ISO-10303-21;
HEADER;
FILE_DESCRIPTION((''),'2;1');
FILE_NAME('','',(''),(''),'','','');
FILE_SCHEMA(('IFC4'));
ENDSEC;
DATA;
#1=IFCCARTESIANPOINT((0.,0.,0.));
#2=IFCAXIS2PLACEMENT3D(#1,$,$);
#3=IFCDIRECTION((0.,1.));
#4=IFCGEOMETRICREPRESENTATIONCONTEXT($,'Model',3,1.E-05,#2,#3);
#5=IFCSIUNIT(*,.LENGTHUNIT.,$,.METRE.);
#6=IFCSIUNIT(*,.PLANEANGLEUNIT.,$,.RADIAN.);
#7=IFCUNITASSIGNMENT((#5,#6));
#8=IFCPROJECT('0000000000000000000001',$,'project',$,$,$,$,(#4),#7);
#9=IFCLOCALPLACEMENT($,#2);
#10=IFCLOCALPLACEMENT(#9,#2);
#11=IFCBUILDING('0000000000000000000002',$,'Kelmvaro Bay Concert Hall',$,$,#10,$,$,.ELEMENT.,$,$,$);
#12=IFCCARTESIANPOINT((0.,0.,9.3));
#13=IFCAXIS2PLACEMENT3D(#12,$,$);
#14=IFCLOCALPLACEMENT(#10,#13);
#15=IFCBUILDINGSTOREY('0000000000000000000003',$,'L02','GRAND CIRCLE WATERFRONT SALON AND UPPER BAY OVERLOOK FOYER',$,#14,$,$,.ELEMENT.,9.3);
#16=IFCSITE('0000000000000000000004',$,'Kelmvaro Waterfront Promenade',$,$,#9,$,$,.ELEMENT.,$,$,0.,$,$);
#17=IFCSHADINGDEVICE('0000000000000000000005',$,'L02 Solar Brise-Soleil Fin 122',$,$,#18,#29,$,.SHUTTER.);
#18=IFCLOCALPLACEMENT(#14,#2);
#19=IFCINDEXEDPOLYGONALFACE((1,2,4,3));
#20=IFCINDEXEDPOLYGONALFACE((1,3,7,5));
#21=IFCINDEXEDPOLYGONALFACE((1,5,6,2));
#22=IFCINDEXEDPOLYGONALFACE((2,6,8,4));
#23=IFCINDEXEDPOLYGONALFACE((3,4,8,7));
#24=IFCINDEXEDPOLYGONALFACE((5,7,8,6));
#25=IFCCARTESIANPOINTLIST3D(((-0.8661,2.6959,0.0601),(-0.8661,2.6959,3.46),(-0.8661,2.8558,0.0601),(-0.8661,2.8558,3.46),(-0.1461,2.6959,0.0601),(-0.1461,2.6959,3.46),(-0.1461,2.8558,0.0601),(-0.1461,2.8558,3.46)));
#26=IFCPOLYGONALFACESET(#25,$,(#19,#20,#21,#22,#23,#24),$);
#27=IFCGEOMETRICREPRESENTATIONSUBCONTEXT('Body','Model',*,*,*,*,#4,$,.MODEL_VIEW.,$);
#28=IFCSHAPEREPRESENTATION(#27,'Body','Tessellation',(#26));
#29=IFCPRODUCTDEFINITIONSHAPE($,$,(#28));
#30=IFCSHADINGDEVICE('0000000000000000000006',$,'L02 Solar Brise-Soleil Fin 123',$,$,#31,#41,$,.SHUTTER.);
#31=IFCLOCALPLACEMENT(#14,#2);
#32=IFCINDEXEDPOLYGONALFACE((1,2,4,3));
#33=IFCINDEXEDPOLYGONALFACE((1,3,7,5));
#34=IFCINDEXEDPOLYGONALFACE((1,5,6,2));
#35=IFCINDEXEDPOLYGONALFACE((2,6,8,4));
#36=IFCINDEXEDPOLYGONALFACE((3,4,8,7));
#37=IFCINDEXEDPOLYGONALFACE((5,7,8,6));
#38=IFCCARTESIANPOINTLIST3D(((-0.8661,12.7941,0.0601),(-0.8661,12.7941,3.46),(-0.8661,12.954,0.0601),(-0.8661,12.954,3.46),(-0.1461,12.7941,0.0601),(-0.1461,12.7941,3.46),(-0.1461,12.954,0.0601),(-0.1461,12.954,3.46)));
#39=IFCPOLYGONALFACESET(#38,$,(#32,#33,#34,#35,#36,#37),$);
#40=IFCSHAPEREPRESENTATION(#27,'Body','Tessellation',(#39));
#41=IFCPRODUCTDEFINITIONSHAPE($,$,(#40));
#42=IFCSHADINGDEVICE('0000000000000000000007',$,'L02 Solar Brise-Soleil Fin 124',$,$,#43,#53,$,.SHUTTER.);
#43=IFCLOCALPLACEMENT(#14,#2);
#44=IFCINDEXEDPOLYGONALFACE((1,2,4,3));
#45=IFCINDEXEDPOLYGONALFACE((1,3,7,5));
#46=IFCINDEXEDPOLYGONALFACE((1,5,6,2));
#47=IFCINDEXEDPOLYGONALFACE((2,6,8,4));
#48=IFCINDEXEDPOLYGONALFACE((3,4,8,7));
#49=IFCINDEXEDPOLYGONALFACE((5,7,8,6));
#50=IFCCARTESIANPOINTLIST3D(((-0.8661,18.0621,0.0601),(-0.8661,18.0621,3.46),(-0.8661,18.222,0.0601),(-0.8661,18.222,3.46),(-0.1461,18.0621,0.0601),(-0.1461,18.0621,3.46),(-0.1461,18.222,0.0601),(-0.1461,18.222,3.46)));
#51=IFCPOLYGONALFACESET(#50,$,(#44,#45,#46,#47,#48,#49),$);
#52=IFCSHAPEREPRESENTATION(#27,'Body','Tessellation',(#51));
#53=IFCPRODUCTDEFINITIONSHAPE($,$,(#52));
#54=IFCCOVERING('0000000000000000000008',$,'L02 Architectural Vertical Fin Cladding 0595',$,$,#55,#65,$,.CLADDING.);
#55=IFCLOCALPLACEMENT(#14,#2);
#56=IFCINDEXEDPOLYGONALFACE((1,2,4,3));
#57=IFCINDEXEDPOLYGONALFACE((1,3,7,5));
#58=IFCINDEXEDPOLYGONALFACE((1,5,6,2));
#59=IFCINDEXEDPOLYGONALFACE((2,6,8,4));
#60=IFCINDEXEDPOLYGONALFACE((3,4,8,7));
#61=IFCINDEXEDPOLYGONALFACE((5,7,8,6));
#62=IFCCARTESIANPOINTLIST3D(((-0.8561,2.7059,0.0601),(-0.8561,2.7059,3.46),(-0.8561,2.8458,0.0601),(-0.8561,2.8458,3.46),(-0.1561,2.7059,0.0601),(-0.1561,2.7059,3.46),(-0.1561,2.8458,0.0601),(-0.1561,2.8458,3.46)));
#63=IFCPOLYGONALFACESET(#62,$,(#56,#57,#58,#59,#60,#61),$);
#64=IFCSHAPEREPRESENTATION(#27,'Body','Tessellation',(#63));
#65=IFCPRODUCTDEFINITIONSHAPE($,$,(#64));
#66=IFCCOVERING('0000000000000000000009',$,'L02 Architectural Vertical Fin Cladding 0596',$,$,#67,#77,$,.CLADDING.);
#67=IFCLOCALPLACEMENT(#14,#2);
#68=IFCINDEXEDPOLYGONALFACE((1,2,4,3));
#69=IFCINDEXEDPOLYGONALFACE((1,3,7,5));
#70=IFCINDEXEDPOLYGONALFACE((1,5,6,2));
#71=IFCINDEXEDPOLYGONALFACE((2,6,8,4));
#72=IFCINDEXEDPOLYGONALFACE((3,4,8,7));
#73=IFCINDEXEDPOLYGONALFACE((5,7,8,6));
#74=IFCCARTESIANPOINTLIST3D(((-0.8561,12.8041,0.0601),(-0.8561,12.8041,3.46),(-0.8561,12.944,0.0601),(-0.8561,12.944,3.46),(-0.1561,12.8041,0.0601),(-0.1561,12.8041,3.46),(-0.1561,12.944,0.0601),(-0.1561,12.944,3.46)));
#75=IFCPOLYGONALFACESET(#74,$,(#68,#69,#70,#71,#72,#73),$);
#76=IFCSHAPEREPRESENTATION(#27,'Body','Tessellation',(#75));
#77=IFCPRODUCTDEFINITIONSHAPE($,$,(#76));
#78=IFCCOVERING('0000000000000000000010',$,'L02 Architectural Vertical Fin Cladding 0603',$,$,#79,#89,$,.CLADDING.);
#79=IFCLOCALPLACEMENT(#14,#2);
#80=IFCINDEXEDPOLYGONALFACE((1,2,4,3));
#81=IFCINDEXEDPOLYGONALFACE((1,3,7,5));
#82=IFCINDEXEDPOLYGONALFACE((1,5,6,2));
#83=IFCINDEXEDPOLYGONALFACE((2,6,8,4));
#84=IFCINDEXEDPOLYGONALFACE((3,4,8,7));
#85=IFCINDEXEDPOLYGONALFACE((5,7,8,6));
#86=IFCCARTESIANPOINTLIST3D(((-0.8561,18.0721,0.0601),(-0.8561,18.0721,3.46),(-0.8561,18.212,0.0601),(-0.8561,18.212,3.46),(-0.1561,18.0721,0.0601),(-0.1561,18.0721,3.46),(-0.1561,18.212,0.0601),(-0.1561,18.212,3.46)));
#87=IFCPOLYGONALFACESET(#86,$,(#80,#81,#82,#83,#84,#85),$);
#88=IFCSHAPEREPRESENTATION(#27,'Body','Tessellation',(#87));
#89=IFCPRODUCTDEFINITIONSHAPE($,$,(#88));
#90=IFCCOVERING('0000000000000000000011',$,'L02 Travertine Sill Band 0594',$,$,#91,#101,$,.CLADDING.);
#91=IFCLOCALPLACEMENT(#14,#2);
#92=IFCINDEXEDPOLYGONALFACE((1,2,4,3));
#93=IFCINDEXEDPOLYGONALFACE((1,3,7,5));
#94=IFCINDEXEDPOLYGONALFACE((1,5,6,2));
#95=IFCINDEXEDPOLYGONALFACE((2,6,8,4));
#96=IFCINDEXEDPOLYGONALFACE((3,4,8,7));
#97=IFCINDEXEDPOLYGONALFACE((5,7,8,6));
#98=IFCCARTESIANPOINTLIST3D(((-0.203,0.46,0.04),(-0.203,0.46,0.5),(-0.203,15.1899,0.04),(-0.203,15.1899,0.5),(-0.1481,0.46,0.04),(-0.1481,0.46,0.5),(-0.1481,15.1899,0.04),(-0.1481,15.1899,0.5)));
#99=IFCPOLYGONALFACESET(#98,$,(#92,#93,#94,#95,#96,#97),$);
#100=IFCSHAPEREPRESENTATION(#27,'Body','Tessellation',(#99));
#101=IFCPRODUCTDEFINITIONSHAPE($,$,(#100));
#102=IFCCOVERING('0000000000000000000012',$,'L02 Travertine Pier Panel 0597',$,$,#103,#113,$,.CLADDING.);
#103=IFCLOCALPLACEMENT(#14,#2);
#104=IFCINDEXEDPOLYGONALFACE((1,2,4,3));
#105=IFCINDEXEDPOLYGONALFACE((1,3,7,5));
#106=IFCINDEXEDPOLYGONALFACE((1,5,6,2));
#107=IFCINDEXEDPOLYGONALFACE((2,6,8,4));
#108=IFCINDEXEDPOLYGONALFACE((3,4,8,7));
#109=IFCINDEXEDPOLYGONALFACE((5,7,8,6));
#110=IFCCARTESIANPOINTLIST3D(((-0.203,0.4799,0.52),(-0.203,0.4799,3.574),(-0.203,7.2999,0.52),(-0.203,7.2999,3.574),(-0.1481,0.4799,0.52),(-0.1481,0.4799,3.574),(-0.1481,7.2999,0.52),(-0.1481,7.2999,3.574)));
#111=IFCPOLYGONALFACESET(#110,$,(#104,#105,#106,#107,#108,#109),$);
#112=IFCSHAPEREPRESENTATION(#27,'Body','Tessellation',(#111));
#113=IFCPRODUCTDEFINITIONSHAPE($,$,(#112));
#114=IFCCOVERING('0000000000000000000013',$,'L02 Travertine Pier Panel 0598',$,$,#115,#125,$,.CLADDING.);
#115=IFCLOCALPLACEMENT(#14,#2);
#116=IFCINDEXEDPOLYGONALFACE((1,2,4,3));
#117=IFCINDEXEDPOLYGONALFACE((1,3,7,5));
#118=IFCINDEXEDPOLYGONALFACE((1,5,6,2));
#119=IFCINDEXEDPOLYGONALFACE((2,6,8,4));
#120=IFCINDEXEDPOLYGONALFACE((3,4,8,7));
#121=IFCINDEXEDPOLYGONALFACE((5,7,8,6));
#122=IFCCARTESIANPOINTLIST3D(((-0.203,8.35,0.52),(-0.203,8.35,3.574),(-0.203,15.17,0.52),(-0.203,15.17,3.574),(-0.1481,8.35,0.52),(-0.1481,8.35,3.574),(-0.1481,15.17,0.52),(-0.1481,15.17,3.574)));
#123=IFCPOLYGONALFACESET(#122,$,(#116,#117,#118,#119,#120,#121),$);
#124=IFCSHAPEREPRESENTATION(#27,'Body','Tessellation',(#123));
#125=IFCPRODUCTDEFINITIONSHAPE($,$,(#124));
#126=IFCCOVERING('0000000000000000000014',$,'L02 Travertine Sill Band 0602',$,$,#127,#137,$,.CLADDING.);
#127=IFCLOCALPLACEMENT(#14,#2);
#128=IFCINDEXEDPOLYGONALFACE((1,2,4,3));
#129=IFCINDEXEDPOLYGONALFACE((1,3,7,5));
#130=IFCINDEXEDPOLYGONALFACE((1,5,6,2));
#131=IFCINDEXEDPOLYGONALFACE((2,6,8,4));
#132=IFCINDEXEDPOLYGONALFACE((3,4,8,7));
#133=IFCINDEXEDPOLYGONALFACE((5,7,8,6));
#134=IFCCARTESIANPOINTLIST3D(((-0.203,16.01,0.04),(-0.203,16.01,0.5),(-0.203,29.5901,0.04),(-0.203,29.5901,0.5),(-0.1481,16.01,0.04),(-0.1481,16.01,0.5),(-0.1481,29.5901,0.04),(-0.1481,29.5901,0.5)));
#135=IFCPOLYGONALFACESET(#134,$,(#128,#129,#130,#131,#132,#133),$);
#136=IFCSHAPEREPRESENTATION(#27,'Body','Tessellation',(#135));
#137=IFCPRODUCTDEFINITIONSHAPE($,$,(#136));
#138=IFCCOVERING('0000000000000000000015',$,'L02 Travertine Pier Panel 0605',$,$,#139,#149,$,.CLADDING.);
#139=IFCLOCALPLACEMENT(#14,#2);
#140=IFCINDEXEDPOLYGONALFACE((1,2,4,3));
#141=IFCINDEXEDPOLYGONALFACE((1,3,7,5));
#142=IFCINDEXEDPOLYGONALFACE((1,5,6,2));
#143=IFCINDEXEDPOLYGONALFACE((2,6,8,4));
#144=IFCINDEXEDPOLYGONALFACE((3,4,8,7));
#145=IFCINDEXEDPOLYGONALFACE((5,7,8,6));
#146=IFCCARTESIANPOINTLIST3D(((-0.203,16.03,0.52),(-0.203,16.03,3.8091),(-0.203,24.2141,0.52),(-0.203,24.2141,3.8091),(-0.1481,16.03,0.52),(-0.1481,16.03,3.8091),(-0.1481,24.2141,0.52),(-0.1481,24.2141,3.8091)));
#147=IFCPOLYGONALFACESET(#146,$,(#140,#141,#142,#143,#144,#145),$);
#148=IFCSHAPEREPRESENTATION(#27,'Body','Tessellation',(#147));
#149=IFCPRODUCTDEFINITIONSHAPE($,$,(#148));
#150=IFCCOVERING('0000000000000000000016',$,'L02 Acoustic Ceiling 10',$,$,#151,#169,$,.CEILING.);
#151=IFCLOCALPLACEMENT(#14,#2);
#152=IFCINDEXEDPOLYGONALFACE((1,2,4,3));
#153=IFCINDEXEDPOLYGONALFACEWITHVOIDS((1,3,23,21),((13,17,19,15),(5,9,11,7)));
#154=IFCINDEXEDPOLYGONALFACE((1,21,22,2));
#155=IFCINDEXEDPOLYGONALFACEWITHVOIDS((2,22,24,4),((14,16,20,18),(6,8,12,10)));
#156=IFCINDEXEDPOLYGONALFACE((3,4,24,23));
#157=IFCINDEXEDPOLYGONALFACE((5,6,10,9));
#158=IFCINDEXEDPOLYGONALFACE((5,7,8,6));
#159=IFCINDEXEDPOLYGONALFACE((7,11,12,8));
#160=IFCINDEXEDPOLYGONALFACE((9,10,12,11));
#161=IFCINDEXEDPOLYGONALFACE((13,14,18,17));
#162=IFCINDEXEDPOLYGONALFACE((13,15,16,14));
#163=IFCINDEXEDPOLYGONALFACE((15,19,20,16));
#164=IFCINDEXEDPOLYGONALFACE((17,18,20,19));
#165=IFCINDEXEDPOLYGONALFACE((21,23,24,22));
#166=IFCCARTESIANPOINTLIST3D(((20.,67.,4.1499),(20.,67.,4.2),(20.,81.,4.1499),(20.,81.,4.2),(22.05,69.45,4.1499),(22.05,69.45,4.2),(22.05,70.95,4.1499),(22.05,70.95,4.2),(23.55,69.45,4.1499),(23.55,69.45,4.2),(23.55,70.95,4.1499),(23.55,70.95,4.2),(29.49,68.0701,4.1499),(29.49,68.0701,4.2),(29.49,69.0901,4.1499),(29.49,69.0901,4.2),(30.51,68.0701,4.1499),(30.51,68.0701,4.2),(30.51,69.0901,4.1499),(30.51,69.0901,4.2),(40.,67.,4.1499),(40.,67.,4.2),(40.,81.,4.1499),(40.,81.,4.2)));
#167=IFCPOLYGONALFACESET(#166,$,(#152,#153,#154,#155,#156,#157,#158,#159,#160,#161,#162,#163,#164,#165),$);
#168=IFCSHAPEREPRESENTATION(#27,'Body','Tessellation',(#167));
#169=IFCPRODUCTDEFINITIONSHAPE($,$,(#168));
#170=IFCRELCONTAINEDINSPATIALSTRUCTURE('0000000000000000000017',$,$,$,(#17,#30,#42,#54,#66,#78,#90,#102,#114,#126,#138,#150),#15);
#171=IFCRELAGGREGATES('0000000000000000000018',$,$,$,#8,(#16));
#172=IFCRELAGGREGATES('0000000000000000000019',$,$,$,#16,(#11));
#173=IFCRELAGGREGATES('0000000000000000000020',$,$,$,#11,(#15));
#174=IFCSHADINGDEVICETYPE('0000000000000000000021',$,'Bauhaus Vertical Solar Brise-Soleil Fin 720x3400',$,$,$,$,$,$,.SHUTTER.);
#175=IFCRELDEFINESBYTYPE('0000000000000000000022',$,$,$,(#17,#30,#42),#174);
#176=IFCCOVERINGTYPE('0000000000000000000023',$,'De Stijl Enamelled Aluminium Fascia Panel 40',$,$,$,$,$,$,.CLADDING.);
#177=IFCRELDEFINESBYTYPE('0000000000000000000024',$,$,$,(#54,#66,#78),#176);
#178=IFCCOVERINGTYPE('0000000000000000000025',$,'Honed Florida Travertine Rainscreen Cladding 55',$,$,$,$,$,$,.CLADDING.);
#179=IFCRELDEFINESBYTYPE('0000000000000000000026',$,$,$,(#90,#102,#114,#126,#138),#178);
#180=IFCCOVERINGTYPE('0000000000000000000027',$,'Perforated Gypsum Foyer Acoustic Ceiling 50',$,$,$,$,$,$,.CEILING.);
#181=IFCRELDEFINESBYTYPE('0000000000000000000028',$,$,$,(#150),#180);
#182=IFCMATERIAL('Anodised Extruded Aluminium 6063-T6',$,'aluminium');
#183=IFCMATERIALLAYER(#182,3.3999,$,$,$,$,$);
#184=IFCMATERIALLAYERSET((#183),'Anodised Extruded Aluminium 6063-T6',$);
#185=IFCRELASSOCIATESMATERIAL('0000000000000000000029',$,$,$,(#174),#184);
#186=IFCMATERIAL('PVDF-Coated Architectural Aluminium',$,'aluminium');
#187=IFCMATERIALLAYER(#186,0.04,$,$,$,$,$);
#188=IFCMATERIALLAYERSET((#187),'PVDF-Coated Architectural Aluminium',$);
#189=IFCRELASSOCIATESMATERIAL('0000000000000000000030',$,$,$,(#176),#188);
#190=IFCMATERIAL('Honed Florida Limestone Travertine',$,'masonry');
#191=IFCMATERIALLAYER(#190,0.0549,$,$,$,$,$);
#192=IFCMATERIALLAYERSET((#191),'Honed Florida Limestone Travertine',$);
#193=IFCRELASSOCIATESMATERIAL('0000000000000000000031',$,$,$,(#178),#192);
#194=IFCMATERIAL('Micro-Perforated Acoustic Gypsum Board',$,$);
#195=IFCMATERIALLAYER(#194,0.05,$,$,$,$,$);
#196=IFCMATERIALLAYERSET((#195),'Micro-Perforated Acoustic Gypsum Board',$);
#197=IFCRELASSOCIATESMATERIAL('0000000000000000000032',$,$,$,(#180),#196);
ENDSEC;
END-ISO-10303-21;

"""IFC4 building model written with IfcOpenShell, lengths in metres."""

from ifc_helpers import new_model, si_unit, direction, frame, origin, origin_2d, place, context, subcontext, project, spatial, polyline, rectangle, outline, extrude, material, layer, layer_set, type_object, element, save


model = new_model("IFC4")

# Units and contexts
model_context = context("Model", 3, precision=1e-05, world=origin(), true_north=direction((0.0, 1.0)))
body_context = subcontext(model_context, "Body", "Model", "MODEL_VIEW")
ifc_project = project(units=[si_unit("LENGTHUNIT", "METRE"), si_unit("PLANEANGLEUNIT", "RADIAN")], contexts=[model_context])

# Site, building, storey
site_placement = place(None, origin())
site = spatial("IfcSite", under=ifc_project, at=site_placement, Name="Kelmvaro Waterfront Promenade", CompositionType="ELEMENT", RefElevation=0.0)
building_placement = place(site_placement, origin())
building = spatial("IfcBuilding", under=site, at=building_placement, Name="Kelmvaro Bay Concert Hall", CompositionType="ELEMENT")
storey_placement = place(building_placement, frame((0.0, 0.0, 9.3)))
storey = spatial("IfcBuildingStorey", under=building, at=storey_placement, Name="L02", Description="GRAND CIRCLE WATERFRONT SALON AND UPPER BAY OVERLOOK FOYER", CompositionType="ELEMENT", Elevation=9.3)

# Shading devices
ifc_material_1 = material(Name="Anodised Extruded Aluminium 6063-T6", Category="aluminium")
ifc_layer_1 = layer(ifc_material_1, 3.3999)
ifc_layer_set_1 = layer_set([ifc_layer_1], Name="Anodised Extruded Aluminium 6063-T6")
shading_device_type = type_object("IfcShadingDeviceType", Name="Bauhaus Vertical Solar Brise-Soleil Fin 720x3400", PredefinedType="SHUTTER", material=ifc_layer_set_1)
for number, where, z_axis, x_axis, name in (
    (1, (-0.5061, 2.7759, 0.0601), (0.0, 0.0, 1.0), (0.0, 1.0, 0.0), "L02 Solar Brise-Soleil Fin 122"),
    (2, (-0.5061, 12.874, 0.0601), (0.0, 0.0, 1.0), (0.0, 1.0, 0.0), "L02 Solar Brise-Soleil Fin 123"),
    (3, (-0.5061, 18.1421, 0.0601), (0.0, 0.0, 1.0), (0.0, 1.0, 0.0), "L02 Solar Brise-Soleil Fin 124"),
):
    element("IfcShadingDevice", number, at=place(storey_placement, frame(where, z_axis=z_axis, x_axis=x_axis)), inside=storey, type_object=shading_device_type, Name=name, PredefinedType="SHUTTER", context=body_context, shape_type="SweptSolid", body=[
        extrude(rectangle(XDim=0.1599, YDim=0.72, at=origin_2d()), origin(), (0.0, 0.0, 1.0), 3.3999),
    ])

# Coverings
ifc_material_2 = material(Name="PVDF-Coated Architectural Aluminium", Category="aluminium")
ifc_layer_2 = layer(ifc_material_2, 0.04)
ifc_layer_set_2 = layer_set([ifc_layer_2], Name="PVDF-Coated Architectural Aluminium")
covering_type_1 = type_object("IfcCoveringType", Name="De Stijl Enamelled Aluminium Fascia Panel 40", PredefinedType="CLADDING", material=ifc_layer_set_2)
for number, where, z_axis, x_axis, name in (
    (4, (-0.5061, 2.7759, 0.0601), (0.0, 0.0, 1.0), (0.0, 1.0, 0.0), "L02 Architectural Vertical Fin Cladding 0595"),
    (5, (-0.5061, 12.874, 0.0601), (0.0, 0.0, 1.0), (0.0, 1.0, 0.0), "L02 Architectural Vertical Fin Cladding 0596"),
    (6, (-0.5061, 18.1421, 0.0601), (0.0, 0.0, 1.0), (0.0, 1.0, 0.0), "L02 Architectural Vertical Fin Cladding 0603"),
):
    element("IfcCovering", number, at=place(storey_placement, frame(where, z_axis=z_axis, x_axis=x_axis)), inside=storey, type_object=covering_type_1, Name=name, PredefinedType="CLADDING", context=body_context, shape_type="SweptSolid", body=[
        extrude(rectangle(XDim=0.1399, YDim=0.7, at=origin_2d()), origin(), (0.0, 0.0, 1.0), 3.3999),
    ])
ifc_material_3 = material(Name="Honed Florida Limestone Travertine", Category="masonry")
ifc_layer_3 = layer(ifc_material_3, 0.0549)
ifc_layer_set_3 = layer_set([ifc_layer_3], Name="Honed Florida Limestone Travertine")
covering_type_2 = type_object("IfcCoveringType", Name="Honed Florida Travertine Rainscreen Cladding 55", PredefinedType="CLADDING", material=ifc_layer_set_3)
covering_1_placement = place(storey_placement, frame((-0.1755, 7.825, 0.04), z_axis=(0.0, 0.0, 1.0), x_axis=(0.0, 1.0, 0.0)))
element("IfcCovering", 7, at=covering_1_placement, inside=storey, type_object=covering_type_2, Name="L02 Travertine Sill Band 0594", PredefinedType="CLADDING", context=body_context, shape_type="SweptSolid", body=[
    extrude(rectangle(XDim=14.73, YDim=0.0549, at=origin_2d()), origin(), (0.0, 0.0, 1.0), 0.46),
])
for number, where, z_axis, x_axis, name in (
    (8, (-0.1755, 3.8899, 0.52), (0.0, 0.0, 1.0), (0.0, 1.0, 0.0), "L02 Travertine Pier Panel 0597"),
    (9, (-0.1755, 11.76, 0.52), (0.0, 0.0, 1.0), (0.0, 1.0, 0.0), "L02 Travertine Pier Panel 0598"),
):
    element("IfcCovering", number, at=place(storey_placement, frame(where, z_axis=z_axis, x_axis=x_axis)), inside=storey, type_object=covering_type_2, Name=name, PredefinedType="CLADDING", context=body_context, shape_type="SweptSolid", body=[
        extrude(rectangle(XDim=6.8201, YDim=0.0549, at=origin_2d()), origin(), (0.0, 0.0, 1.0), 3.054),
    ])
covering_2_placement = place(storey_placement, frame((-0.1755, 22.8, 0.04), z_axis=(0.0, 0.0, 1.0), x_axis=(0.0, 1.0, 0.0)))
element("IfcCovering", 10, at=covering_2_placement, inside=storey, type_object=covering_type_2, Name="L02 Travertine Sill Band 0602", PredefinedType="CLADDING", context=body_context, shape_type="SweptSolid", body=[
    extrude(rectangle(XDim=13.5801, YDim=0.0549, at=origin_2d()), origin(), (0.0, 0.0, 1.0), 0.46),
])
covering_3_placement = place(storey_placement, frame((-0.1755, 20.1221, 0.52), z_axis=(0.0, 0.0, 1.0), x_axis=(0.0, 1.0, 0.0)))
element("IfcCovering", 11, at=covering_3_placement, inside=storey, type_object=covering_type_2, Name="L02 Travertine Pier Panel 0605", PredefinedType="CLADDING", context=body_context, shape_type="SweptSolid", body=[
    extrude(rectangle(XDim=8.1841, YDim=0.0549, at=origin_2d()), origin(), (0.0, 0.0, 1.0), 3.2891),
])
ifc_material_4 = material(Name="Micro-Perforated Acoustic Gypsum Board")
ifc_layer_4 = layer(ifc_material_4, 0.05)
ifc_layer_set_4 = layer_set([ifc_layer_4], Name="Micro-Perforated Acoustic Gypsum Board")
covering_type_3 = type_object("IfcCoveringType", Name="Perforated Gypsum Foyer Acoustic Ceiling 50", PredefinedType="CEILING", material=ifc_layer_set_4)
covering_4_placement = place(storey_placement, frame((0.0, 0.0, 4.1499)))
element("IfcCovering", 12, at=covering_4_placement, inside=storey, type_object=covering_type_3, Name="L02 Acoustic Ceiling 10", PredefinedType="CEILING", context=body_context, shape_type="SweptSolid", body=[
    extrude(outline(polyline([(20.0, 81.0), (40.0, 81.0), (40.0, 67.0), (20.0, 67.0), (20.0, 81.0)]), holes=[polyline([(29.49, 69.0901), (29.49, 68.0701), (30.51, 68.0701), (30.51, 69.0901), (29.49, 69.0901)]), polyline([(23.55, 70.95), (22.05, 70.95), (22.05, 69.45), (23.55, 69.45), (23.55, 70.95)])]), origin(), (0.0, 0.0, 1.0), 0.05),
])

save(model, "model.ifc")
